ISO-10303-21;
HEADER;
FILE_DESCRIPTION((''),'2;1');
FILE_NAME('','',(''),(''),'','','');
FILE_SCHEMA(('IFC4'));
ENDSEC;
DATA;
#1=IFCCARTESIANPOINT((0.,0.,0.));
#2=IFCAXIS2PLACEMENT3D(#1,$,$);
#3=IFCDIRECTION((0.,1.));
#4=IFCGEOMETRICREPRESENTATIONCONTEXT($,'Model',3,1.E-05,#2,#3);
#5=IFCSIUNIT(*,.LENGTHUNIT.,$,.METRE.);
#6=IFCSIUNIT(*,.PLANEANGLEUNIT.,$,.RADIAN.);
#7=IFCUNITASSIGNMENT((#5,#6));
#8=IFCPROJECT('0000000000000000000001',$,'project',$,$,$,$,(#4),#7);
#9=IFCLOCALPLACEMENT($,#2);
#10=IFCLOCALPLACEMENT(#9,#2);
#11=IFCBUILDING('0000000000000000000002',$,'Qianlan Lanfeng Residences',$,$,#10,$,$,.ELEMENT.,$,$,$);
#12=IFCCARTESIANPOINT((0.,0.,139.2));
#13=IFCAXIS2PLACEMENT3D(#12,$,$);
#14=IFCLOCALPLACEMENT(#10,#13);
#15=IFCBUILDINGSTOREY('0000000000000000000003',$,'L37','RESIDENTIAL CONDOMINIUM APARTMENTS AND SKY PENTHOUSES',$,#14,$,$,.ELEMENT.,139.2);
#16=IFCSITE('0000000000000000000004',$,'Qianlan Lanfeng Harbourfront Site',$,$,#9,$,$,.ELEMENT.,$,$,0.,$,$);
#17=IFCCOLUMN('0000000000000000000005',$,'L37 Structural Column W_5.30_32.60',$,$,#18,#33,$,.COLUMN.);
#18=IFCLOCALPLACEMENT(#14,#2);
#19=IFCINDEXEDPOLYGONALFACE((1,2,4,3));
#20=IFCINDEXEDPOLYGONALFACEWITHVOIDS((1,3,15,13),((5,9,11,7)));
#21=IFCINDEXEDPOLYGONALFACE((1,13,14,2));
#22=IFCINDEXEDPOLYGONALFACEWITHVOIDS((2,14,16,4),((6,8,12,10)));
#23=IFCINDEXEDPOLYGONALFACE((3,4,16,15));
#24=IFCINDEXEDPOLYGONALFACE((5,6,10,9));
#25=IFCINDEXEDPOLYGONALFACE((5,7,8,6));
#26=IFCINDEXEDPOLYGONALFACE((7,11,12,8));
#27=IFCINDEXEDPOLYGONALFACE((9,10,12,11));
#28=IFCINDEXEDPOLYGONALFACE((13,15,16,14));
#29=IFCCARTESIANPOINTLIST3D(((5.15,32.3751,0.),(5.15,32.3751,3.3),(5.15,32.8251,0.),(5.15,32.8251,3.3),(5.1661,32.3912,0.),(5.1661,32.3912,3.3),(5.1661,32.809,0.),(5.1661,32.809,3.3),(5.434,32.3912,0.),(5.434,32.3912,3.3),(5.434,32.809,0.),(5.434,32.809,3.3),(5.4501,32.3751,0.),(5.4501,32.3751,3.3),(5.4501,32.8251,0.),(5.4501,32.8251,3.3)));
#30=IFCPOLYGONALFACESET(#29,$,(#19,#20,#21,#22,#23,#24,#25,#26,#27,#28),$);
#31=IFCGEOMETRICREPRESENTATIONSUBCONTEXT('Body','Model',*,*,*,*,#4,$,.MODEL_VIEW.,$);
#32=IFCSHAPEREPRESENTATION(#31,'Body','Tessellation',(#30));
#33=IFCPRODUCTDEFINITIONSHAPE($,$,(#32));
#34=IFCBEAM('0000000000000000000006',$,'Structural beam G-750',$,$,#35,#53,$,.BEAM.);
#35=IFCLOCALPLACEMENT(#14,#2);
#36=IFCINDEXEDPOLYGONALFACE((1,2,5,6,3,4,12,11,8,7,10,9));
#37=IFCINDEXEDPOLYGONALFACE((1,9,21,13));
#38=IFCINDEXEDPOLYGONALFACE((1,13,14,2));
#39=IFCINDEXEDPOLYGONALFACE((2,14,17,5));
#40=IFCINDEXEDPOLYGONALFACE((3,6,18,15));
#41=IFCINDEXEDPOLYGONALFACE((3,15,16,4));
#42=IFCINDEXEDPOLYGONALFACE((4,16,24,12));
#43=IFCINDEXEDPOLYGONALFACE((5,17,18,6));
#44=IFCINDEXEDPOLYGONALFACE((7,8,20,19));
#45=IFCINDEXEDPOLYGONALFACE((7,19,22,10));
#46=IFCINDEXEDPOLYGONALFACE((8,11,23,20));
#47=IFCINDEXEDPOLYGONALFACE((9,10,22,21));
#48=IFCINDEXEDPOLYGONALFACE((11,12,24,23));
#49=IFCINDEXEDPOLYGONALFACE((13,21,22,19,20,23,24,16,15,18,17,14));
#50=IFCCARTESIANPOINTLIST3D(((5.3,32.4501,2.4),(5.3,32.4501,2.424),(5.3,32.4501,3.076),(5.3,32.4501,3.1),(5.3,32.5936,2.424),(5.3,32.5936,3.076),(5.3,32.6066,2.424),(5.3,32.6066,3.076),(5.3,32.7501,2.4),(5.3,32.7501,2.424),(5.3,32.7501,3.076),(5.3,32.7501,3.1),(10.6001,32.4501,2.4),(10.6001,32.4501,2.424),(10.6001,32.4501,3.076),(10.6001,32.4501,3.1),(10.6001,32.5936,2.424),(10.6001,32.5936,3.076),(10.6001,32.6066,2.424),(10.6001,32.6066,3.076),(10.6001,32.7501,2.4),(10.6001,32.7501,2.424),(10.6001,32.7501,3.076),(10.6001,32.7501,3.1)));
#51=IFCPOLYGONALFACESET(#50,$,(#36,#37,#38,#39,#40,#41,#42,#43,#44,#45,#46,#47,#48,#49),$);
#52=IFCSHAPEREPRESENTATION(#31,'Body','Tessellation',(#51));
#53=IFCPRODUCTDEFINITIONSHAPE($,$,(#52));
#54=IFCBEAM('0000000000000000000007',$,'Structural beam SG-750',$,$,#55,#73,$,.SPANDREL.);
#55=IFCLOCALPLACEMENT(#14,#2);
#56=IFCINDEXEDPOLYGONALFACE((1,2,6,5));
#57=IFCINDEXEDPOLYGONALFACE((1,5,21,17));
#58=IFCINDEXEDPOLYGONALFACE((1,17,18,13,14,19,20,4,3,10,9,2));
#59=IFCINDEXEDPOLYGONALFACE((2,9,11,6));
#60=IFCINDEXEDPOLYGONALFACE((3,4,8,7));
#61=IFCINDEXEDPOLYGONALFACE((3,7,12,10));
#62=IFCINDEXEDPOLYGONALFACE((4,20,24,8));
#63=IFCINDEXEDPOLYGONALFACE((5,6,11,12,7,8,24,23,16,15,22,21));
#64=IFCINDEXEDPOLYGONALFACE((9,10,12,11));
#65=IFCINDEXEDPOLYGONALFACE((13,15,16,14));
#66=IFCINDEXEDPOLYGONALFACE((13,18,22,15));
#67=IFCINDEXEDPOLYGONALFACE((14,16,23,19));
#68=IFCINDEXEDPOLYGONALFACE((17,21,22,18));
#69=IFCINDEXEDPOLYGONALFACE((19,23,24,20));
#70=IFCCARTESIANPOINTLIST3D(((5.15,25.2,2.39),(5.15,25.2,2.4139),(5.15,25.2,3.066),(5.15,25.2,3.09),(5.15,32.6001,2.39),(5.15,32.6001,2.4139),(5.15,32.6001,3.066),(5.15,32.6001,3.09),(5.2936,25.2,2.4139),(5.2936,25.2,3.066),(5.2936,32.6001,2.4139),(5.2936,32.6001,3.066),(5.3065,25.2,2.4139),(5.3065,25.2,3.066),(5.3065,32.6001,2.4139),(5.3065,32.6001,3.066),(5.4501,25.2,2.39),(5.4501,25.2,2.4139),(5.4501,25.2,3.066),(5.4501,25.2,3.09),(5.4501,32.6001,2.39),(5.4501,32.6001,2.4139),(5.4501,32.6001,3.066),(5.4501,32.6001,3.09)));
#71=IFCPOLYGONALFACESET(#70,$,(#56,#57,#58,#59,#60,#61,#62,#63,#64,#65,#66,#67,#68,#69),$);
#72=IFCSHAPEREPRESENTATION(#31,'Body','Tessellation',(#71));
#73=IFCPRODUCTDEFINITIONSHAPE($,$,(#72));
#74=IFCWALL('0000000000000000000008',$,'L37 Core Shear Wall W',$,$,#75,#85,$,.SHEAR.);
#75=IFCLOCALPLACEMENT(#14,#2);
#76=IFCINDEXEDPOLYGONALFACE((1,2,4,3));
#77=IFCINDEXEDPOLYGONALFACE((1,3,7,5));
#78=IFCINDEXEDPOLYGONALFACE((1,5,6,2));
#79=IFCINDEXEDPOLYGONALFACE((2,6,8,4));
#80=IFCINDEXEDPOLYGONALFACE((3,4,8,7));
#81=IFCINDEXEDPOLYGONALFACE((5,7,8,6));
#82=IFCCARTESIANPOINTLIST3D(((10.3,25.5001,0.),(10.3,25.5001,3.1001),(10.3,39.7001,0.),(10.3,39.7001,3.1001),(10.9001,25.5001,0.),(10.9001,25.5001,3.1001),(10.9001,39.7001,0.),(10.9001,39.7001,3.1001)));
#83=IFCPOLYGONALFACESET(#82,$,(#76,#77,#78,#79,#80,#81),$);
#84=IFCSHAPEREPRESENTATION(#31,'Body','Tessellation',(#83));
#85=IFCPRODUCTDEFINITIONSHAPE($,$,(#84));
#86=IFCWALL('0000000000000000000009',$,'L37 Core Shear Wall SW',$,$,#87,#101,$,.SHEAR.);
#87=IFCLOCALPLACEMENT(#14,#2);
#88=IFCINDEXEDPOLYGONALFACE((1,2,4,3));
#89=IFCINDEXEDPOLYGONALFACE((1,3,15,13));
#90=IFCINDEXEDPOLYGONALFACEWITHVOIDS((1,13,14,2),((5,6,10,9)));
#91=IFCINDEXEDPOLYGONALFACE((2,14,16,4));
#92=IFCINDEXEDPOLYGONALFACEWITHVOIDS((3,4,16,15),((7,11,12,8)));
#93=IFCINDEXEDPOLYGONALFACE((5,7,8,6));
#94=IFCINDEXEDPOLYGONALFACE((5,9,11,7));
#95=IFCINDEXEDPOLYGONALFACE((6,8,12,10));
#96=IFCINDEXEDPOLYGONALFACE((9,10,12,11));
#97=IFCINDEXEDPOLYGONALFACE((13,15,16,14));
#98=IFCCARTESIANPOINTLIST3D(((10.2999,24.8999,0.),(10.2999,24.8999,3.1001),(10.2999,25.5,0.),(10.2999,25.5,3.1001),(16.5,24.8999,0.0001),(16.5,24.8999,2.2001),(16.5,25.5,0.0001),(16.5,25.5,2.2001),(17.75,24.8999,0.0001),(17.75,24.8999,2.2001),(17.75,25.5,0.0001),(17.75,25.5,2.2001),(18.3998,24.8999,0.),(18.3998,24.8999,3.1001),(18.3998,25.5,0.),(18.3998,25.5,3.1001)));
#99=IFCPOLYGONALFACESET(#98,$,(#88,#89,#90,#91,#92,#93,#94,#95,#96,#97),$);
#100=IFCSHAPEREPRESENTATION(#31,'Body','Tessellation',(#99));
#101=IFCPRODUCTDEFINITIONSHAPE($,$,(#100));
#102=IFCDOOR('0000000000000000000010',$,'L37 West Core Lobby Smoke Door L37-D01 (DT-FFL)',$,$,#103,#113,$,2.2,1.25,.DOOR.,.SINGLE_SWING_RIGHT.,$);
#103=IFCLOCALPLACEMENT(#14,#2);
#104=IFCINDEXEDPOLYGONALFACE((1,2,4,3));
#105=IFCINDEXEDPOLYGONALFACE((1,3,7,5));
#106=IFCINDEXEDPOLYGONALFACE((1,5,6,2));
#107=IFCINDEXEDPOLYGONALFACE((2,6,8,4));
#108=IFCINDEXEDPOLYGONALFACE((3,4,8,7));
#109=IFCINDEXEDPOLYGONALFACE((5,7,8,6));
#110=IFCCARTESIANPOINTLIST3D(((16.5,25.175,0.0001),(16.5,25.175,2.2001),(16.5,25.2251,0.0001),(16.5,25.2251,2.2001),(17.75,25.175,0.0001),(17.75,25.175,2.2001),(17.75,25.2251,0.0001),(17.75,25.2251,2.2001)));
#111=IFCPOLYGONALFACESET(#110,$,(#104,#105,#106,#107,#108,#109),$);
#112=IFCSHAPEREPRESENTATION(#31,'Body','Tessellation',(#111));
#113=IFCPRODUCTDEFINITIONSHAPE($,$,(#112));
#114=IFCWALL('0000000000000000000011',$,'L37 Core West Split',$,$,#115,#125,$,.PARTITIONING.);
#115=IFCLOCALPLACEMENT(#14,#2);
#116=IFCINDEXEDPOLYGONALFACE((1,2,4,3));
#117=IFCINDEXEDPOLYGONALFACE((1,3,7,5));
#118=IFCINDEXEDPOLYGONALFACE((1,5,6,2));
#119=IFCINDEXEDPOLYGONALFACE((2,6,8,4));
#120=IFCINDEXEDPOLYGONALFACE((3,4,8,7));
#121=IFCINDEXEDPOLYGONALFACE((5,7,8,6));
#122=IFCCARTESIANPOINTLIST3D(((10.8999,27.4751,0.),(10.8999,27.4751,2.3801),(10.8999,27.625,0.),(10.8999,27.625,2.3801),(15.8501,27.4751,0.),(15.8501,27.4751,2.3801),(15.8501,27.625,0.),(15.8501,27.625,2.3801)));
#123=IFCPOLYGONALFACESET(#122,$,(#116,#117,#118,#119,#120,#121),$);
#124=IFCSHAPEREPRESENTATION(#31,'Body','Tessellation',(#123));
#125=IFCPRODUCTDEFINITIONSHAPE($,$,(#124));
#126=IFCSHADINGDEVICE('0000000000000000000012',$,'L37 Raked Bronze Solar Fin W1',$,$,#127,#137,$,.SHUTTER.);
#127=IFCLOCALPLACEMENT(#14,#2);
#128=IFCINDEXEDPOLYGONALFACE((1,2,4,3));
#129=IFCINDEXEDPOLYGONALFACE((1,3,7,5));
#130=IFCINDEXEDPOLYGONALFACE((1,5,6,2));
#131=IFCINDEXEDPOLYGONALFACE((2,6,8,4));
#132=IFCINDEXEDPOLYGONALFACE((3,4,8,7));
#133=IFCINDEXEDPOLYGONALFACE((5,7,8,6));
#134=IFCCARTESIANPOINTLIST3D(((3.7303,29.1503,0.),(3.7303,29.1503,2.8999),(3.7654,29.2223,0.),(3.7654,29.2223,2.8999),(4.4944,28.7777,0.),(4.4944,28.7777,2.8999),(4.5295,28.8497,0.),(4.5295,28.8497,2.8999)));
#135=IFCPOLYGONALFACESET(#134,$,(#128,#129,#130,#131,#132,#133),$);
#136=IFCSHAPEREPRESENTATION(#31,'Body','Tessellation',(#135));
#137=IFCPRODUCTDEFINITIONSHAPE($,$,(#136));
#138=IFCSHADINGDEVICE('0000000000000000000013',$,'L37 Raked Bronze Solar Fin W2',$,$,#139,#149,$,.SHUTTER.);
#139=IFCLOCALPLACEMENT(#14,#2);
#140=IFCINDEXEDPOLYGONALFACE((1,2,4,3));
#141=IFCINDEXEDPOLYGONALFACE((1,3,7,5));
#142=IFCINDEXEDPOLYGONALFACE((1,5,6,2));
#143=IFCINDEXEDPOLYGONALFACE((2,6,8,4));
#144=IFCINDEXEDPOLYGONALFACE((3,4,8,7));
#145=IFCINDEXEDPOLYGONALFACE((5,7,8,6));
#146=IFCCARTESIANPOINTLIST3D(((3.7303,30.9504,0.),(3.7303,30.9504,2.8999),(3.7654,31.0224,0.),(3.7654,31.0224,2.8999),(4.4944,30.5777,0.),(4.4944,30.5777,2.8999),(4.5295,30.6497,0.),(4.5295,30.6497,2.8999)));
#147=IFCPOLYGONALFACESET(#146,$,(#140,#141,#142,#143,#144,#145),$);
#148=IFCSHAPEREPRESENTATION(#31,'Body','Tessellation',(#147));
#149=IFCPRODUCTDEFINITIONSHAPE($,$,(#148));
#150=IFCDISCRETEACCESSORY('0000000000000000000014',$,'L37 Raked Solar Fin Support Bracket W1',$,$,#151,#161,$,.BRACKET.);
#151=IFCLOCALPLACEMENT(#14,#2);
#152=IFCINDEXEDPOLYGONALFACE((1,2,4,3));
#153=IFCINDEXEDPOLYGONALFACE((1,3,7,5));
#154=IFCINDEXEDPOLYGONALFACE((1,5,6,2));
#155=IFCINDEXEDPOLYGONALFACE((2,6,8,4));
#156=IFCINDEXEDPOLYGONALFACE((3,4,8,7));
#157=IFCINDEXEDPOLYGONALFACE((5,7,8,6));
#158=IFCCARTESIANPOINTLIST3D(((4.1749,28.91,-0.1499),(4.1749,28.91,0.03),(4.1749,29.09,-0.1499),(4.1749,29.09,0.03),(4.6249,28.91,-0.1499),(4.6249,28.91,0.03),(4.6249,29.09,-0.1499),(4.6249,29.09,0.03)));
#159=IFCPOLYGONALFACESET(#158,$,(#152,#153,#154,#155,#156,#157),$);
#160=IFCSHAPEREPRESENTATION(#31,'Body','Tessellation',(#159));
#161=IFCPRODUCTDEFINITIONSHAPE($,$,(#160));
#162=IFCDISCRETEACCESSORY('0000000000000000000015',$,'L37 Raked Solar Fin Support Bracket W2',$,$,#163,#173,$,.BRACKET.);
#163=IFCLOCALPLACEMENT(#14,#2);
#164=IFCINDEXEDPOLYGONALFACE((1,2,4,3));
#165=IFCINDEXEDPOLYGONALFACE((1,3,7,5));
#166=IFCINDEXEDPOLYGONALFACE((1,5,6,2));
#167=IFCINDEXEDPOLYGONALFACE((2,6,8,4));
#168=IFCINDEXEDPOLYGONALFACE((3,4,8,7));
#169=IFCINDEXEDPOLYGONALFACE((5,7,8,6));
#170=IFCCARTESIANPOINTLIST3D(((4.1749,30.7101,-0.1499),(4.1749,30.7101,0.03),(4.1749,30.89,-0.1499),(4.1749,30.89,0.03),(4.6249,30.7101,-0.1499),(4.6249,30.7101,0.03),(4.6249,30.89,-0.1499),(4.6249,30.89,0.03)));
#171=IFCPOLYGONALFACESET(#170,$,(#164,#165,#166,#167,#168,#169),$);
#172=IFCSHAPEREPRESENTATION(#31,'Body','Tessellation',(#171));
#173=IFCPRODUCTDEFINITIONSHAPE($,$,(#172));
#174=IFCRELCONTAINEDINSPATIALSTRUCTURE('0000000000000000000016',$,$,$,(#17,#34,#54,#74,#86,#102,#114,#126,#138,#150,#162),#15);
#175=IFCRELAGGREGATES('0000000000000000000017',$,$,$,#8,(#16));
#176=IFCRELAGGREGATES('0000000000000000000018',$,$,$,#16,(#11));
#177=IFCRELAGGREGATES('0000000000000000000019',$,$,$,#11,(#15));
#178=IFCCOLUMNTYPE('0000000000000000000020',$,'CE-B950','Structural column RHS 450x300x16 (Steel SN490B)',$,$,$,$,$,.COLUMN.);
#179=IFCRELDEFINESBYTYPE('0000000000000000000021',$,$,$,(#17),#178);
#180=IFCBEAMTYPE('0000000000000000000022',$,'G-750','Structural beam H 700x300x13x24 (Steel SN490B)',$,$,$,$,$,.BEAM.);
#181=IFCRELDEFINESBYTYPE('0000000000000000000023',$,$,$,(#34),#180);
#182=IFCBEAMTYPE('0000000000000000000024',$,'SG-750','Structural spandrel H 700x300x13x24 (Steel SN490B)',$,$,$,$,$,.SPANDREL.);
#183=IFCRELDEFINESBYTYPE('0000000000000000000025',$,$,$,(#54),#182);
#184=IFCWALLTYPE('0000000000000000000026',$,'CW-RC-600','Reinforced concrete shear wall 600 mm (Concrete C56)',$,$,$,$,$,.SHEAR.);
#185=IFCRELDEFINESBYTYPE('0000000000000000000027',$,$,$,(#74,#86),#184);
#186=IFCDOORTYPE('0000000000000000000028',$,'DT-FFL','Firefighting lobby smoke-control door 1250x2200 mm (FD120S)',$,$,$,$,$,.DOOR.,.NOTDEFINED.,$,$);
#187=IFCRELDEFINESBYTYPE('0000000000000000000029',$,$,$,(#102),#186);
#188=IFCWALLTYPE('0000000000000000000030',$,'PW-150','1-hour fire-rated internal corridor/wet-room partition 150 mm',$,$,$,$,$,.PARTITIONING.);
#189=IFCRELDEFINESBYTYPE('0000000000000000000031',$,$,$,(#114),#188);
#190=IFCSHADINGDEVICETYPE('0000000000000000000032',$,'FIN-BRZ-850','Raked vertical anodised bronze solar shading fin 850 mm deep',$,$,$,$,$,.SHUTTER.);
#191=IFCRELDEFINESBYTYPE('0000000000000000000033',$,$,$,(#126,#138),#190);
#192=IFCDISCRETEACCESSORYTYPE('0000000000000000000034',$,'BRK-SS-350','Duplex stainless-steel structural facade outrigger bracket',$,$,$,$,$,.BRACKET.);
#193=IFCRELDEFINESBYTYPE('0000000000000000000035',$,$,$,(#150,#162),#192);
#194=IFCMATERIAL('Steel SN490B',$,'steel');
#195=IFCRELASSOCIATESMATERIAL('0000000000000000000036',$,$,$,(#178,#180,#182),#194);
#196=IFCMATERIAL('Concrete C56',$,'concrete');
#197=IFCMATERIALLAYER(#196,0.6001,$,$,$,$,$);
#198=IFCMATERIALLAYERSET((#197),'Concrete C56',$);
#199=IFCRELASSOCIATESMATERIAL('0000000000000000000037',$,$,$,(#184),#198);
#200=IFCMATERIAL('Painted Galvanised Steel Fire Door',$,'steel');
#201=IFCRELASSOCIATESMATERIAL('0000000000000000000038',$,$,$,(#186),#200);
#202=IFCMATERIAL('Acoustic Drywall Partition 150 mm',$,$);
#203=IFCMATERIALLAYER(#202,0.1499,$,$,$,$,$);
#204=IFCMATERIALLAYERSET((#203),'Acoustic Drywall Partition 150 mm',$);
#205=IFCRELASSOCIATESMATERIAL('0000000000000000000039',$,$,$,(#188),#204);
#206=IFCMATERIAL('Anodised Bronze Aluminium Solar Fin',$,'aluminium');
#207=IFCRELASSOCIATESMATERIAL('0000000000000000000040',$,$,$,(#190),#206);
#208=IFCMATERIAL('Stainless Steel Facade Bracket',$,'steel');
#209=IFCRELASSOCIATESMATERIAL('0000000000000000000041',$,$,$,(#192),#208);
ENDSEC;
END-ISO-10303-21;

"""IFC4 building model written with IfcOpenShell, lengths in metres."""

from ifc_helpers import new_model, si_unit, direction, frame, frame_2d, origin, origin_2d, place, context, subcontext, project, spatial, rectangle, hollow_rectangle, i_section, extrude, source, transform, mapped, material, layer, layer_set, material_profile, profile_set, type_object, element, fill, save


model = new_model("IFC4")

# Units and contexts
model_context = context("Model", 3, precision=1e-05, world=origin(), true_north=direction((0.0, 1.0)))
body_context = subcontext(model_context, "Body", "Model", "MODEL_VIEW")
ifc_project = project(units=[si_unit("LENGTHUNIT", "METRE"), si_unit("PLANEANGLEUNIT", "RADIAN")], contexts=[model_context])

# Site, building, storey
site_placement = place(None, origin())
site = spatial("IfcSite", under=ifc_project, at=site_placement, Name="Qianlan Lanfeng Harbourfront Site", CompositionType="ELEMENT", RefElevation=0.0)
building_placement = place(site_placement, origin())
building = spatial("IfcBuilding", under=site, at=building_placement, Name="Qianlan Lanfeng Residences", CompositionType="ELEMENT")
storey_placement = place(building_placement, frame((0.0, 0.0, 139.2)))
storey = spatial("IfcBuildingStorey", under=building, at=storey_placement, Name="L37", Description="RESIDENTIAL CONDOMINIUM APARTMENTS AND SKY PENTHOUSES", CompositionType="ELEMENT", Elevation=139.2)

# Column
ifc_material_1 = material(Name="Steel SN490B", Category="steel")
ifc_material_profile_1 = material_profile(ifc_material_1, hollow_rectangle(XDim=0.3, YDim=0.45, WallThickness=0.0161, at=origin_2d()), Name="RHS 450x300x16")
ifc_profile_set_1 = profile_set([ifc_material_profile_1], Name="Steel SN490B")
column_type = type_object("IfcColumnType", Name="CE-B950", Description="Structural column RHS 450x300x16 (Steel SN490B)", PredefinedType="COLUMN", material=ifc_profile_set_1)
column_placement = place(storey_placement, frame((5.3, 32.6001, 0.0), z_axis=(0.0, 0.0, 1.0), x_axis=(1.0, 0.0, 0.0)))
element("IfcColumn", 1, at=column_placement, inside=storey, type_object=column_type, Name="L37 Structural Column W_5.30_32.60", PredefinedType="COLUMN", context=body_context, shape_type="SweptSolid", body=[
    extrude(hollow_rectangle(XDim=0.3, YDim=0.45, WallThickness=0.0161, at=origin_2d()), origin(), (0.0, 0.0, 1.0), 3.3),
])

# Beams
ifc_material_profile_2 = material_profile(ifc_material_1, i_section(OverallWidth=0.3, OverallDepth=0.7, WebThickness=0.0129, FlangeThickness=0.0239, at=origin_2d()), Name="H 700x300x13x24")
ifc_profile_set_2 = profile_set([ifc_material_profile_2], Name="Steel SN490B")
beam_type_1 = type_object("IfcBeamType", Name="G-750", Description="Structural beam H 700x300x13x24 (Steel SN490B)", PredefinedType="BEAM", material=ifc_profile_set_2)
beam_1_placement = place(storey_placement, frame((5.3, 32.6001, 2.75), z_axis=(1.0, 0.0, 0.0), x_axis=(0.0, 1.0, 0.0)))
element("IfcBeam", 2, at=beam_1_placement, inside=storey, type_object=beam_type_1, Name="Structural beam G-750", PredefinedType="BEAM", context=body_context, shape_type="SweptSolid", body=[
    extrude(i_section(OverallWidth=0.3, OverallDepth=0.7, WebThickness=0.0129, FlangeThickness=0.0239, at=origin_2d()), origin(), (0.0, 0.0, 1.0), 5.3),
])
ifc_material_profile_3 = material_profile(ifc_material_1, i_section(OverallWidth=0.3, OverallDepth=0.7, WebThickness=0.0129, FlangeThickness=0.0239, at=origin_2d()), Name="H 700x300x13x24")
ifc_profile_set_3 = profile_set([ifc_material_profile_3], Name="Steel SN490B")
beam_type_2 = type_object("IfcBeamType", Name="SG-750", Description="Structural spandrel H 700x300x13x24 (Steel SN490B)", PredefinedType="SPANDREL", material=ifc_profile_set_3)
beam_2_placement = place(storey_placement, frame((5.3, 25.2, 2.74), z_axis=(0.0, 1.0, 0.0), x_axis=(-1.0, 0.0, 0.0)))
element("IfcBeam", 3, at=beam_2_placement, inside=storey, type_object=beam_type_2, Name="Structural beam SG-750", PredefinedType="SPANDREL", context=body_context, shape_type="SweptSolid", body=[
    extrude(i_section(OverallWidth=0.3, OverallDepth=0.7, WebThickness=0.0129, FlangeThickness=0.0239, at=origin_2d()), origin(), (0.0, 0.0, 1.0), 7.4001),
])

# Wall
ifc_material_2 = material(Name="Concrete C56", Category="concrete")
ifc_layer_1 = layer(ifc_material_2, 0.6001)
ifc_layer_set_1 = layer_set([ifc_layer_1], Name="Concrete C56")
wall_type_1 = type_object("IfcWallType", Name="CW-RC-600", Description="Reinforced concrete shear wall 600 mm (Concrete C56)", PredefinedType="SHEAR", material=ifc_layer_set_1)
wall_1_placement = place(storey_placement, frame((10.6001, 25.5, 0.0), z_axis=(0.0, 0.0, 1.0), x_axis=(0.0, 1.0, 0.0)))
element("IfcWall", 4, at=wall_1_placement, inside=storey, type_object=wall_type_1, Name="L37 Core Shear Wall W", PredefinedType="SHEAR", context=body_context, shape_type="SweptSolid", body=[
    extrude(rectangle(XDim=14.2, YDim=0.6001, at=frame_2d((7.1001, 0.0))), origin(), (0.0, 0.0, 1.0), 3.1001),
])

# Wall, opening, door
wall_2_placement = place(storey_placement, frame((10.3, 25.2, 0.0), z_axis=(0.0, 0.0, 1.0), x_axis=(1.0, 0.0, 0.0)))
wall_2 = element("IfcWall", 5, at=wall_2_placement, inside=storey, type_object=wall_type_1, Name="L37 Core Shear Wall SW", PredefinedType="SHEAR", context=body_context, shape_type="SweptSolid", body=[
    extrude(rectangle(XDim=8.0999, YDim=0.6001, at=frame_2d((4.0498, 0.0))), origin(), (0.0, 0.0, 1.0), 3.1001),
])
opening_placement = place(wall_2_placement, frame((6.2, 0.0, 0.0)))
opening = element("IfcOpeningElement", 6, at=opening_placement, cuts=wall_2, PredefinedType="OPENING", context=body_context, shape_type="SweptSolid", body=[
    extrude(rectangle(XDim=1.25, YDim=2.2, at=frame_2d((0.625, 1.1001))), frame((0.0, 0.3101, 0.0), z_axis=(0.0, -1.0, 0.0), x_axis=(1.0, 0.0, 0.0)), (0.0, 0.0, 1.0), 0.6201),
])
ifc_material_3 = material(Name="Painted Galvanised Steel Fire Door", Category="steel")
door_type = type_object("IfcDoorType", Name="DT-FFL", Description="Firefighting lobby smoke-control door 1250x2200 mm (FD120S)", OperationType="NOTDEFINED", PredefinedType="DOOR", material=ifc_material_3)
door_placement = place(opening_placement, frame((1.25, 0.0, 0.0), z_axis=(0.0, 0.0, 1.0), x_axis=(-1.0, 0.0, 0.0)))
door = element("IfcDoor", 7, at=door_placement, inside=storey, type_object=door_type, Name="L37 West Core Lobby Smoke Door L37-D01 (DT-FFL)", OperationType="SINGLE_SWING_RIGHT", OverallHeight=2.2, OverallWidth=1.25, PredefinedType="DOOR", context=body_context, shape_type="SweptSolid", body=[
    extrude(rectangle(XDim=1.25, YDim=2.2, at=frame_2d((0.625, 1.1001))), frame((0.0, 0.0249, 0.0), z_axis=(0.0, -1.0, 0.0), x_axis=(1.0, 0.0, 0.0)), (0.0, 0.0, 1.0), 0.05),
])
fill(opening, door)

# Wall
ifc_material_4 = material(Name="Acoustic Drywall Partition 150 mm")
ifc_layer_2 = layer(ifc_material_4, 0.1499)
ifc_layer_set_2 = layer_set([ifc_layer_2], Name="Acoustic Drywall Partition 150 mm")
wall_type_2 = type_object("IfcWallType", Name="PW-150", Description="1-hour fire-rated internal corridor/wet-room partition 150 mm", PredefinedType="PARTITIONING", material=ifc_layer_set_2)
wall_3_placement = place(storey_placement, frame((10.8999, 27.55, 0.0), z_axis=(0.0, 0.0, 1.0), x_axis=(1.0, 0.0, 0.0)))
element("IfcWall", 8, at=wall_3_placement, inside=storey, type_object=wall_type_2, Name="L37 Core West Split", PredefinedType="PARTITIONING", context=body_context, shape_type="SweptSolid", body=[
    extrude(rectangle(XDim=4.9502, YDim=0.1499, at=frame_2d((2.4751, 0.0))), origin(), (0.0, 0.0, 1.0), 2.3801),
])

# Shading devices
ifc_material_5 = material(Name="Anodised Bronze Aluminium Solar Fin", Category="aluminium")
shading_device_type = type_object("IfcShadingDeviceType", Name="FIN-BRZ-850", Description="Raked vertical anodised bronze solar shading fin 850 mm deep", PredefinedType="SHUTTER", material=ifc_material_5)
shared_shape_1 = source(origin(), body_context, "Body", "SweptSolid", [
    extrude(rectangle(XDim=0.8501, YDim=0.0801, at=origin_2d()), origin(), (0.0, 0.0, 1.0), 2.8999),
])
for number, where, z_axis, x_axis, name in (
    (9, (4.1299, 29.0, 0.0), (0.0, 0.0, 1.0), (0.898794, -0.438371, 0.0), "L37 Raked Bronze Solar Fin W1"),
    (10, (4.1299, 30.8, 0.0), (0.0, 0.0, 1.0), (0.898794, -0.438371, 0.0), "L37 Raked Bronze Solar Fin W2"),
):
    element("IfcShadingDevice", number, at=place(storey_placement, frame(where, z_axis=z_axis, x_axis=x_axis)), inside=storey, type_object=shading_device_type, Name=name, PredefinedType="SHUTTER", context=body_context, shape_type="MappedRepresentation", body=[
        mapped(shared_shape_1, transform((0.0, 0.0, 0.0), scale=1.0)),
    ])

# Discrete accessories
ifc_material_6 = material(Name="Stainless Steel Facade Bracket", Category="steel")
discrete_accessory_type = type_object("IfcDiscreteAccessoryType", Name="BRK-SS-350", Description="Duplex stainless-steel structural facade outrigger bracket", PredefinedType="BRACKET", material=ifc_material_6)
shared_shape_2 = source(origin(), body_context, "Body", "SweptSolid", [
    extrude(rectangle(XDim=0.45, YDim=0.1799, at=origin_2d()), origin(), (0.0, 0.0, 1.0), 0.1799),
])
for number, where, z_axis, x_axis, name in (
    (11, (4.3999, 29.0, -0.1499), (0.0, 0.0, 1.0), (1.0, 0.0, 0.0), "L37 Raked Solar Fin Support Bracket W1"),
    (12, (4.3999, 30.8, -0.1499), (0.0, 0.0, 1.0), (1.0, 0.0, 0.0), "L37 Raked Solar Fin Support Bracket W2"),
):
    element("IfcDiscreteAccessory", number, at=place(storey_placement, frame(where, z_axis=z_axis, x_axis=x_axis)), inside=storey, type_object=discrete_accessory_type, Name=name, PredefinedType="BRACKET", context=body_context, shape_type="MappedRepresentation", body=[
        mapped(shared_shape_2, transform((0.0, 0.0, 0.0), scale=1.0)),
    ])

save(model, "model.ifc")
